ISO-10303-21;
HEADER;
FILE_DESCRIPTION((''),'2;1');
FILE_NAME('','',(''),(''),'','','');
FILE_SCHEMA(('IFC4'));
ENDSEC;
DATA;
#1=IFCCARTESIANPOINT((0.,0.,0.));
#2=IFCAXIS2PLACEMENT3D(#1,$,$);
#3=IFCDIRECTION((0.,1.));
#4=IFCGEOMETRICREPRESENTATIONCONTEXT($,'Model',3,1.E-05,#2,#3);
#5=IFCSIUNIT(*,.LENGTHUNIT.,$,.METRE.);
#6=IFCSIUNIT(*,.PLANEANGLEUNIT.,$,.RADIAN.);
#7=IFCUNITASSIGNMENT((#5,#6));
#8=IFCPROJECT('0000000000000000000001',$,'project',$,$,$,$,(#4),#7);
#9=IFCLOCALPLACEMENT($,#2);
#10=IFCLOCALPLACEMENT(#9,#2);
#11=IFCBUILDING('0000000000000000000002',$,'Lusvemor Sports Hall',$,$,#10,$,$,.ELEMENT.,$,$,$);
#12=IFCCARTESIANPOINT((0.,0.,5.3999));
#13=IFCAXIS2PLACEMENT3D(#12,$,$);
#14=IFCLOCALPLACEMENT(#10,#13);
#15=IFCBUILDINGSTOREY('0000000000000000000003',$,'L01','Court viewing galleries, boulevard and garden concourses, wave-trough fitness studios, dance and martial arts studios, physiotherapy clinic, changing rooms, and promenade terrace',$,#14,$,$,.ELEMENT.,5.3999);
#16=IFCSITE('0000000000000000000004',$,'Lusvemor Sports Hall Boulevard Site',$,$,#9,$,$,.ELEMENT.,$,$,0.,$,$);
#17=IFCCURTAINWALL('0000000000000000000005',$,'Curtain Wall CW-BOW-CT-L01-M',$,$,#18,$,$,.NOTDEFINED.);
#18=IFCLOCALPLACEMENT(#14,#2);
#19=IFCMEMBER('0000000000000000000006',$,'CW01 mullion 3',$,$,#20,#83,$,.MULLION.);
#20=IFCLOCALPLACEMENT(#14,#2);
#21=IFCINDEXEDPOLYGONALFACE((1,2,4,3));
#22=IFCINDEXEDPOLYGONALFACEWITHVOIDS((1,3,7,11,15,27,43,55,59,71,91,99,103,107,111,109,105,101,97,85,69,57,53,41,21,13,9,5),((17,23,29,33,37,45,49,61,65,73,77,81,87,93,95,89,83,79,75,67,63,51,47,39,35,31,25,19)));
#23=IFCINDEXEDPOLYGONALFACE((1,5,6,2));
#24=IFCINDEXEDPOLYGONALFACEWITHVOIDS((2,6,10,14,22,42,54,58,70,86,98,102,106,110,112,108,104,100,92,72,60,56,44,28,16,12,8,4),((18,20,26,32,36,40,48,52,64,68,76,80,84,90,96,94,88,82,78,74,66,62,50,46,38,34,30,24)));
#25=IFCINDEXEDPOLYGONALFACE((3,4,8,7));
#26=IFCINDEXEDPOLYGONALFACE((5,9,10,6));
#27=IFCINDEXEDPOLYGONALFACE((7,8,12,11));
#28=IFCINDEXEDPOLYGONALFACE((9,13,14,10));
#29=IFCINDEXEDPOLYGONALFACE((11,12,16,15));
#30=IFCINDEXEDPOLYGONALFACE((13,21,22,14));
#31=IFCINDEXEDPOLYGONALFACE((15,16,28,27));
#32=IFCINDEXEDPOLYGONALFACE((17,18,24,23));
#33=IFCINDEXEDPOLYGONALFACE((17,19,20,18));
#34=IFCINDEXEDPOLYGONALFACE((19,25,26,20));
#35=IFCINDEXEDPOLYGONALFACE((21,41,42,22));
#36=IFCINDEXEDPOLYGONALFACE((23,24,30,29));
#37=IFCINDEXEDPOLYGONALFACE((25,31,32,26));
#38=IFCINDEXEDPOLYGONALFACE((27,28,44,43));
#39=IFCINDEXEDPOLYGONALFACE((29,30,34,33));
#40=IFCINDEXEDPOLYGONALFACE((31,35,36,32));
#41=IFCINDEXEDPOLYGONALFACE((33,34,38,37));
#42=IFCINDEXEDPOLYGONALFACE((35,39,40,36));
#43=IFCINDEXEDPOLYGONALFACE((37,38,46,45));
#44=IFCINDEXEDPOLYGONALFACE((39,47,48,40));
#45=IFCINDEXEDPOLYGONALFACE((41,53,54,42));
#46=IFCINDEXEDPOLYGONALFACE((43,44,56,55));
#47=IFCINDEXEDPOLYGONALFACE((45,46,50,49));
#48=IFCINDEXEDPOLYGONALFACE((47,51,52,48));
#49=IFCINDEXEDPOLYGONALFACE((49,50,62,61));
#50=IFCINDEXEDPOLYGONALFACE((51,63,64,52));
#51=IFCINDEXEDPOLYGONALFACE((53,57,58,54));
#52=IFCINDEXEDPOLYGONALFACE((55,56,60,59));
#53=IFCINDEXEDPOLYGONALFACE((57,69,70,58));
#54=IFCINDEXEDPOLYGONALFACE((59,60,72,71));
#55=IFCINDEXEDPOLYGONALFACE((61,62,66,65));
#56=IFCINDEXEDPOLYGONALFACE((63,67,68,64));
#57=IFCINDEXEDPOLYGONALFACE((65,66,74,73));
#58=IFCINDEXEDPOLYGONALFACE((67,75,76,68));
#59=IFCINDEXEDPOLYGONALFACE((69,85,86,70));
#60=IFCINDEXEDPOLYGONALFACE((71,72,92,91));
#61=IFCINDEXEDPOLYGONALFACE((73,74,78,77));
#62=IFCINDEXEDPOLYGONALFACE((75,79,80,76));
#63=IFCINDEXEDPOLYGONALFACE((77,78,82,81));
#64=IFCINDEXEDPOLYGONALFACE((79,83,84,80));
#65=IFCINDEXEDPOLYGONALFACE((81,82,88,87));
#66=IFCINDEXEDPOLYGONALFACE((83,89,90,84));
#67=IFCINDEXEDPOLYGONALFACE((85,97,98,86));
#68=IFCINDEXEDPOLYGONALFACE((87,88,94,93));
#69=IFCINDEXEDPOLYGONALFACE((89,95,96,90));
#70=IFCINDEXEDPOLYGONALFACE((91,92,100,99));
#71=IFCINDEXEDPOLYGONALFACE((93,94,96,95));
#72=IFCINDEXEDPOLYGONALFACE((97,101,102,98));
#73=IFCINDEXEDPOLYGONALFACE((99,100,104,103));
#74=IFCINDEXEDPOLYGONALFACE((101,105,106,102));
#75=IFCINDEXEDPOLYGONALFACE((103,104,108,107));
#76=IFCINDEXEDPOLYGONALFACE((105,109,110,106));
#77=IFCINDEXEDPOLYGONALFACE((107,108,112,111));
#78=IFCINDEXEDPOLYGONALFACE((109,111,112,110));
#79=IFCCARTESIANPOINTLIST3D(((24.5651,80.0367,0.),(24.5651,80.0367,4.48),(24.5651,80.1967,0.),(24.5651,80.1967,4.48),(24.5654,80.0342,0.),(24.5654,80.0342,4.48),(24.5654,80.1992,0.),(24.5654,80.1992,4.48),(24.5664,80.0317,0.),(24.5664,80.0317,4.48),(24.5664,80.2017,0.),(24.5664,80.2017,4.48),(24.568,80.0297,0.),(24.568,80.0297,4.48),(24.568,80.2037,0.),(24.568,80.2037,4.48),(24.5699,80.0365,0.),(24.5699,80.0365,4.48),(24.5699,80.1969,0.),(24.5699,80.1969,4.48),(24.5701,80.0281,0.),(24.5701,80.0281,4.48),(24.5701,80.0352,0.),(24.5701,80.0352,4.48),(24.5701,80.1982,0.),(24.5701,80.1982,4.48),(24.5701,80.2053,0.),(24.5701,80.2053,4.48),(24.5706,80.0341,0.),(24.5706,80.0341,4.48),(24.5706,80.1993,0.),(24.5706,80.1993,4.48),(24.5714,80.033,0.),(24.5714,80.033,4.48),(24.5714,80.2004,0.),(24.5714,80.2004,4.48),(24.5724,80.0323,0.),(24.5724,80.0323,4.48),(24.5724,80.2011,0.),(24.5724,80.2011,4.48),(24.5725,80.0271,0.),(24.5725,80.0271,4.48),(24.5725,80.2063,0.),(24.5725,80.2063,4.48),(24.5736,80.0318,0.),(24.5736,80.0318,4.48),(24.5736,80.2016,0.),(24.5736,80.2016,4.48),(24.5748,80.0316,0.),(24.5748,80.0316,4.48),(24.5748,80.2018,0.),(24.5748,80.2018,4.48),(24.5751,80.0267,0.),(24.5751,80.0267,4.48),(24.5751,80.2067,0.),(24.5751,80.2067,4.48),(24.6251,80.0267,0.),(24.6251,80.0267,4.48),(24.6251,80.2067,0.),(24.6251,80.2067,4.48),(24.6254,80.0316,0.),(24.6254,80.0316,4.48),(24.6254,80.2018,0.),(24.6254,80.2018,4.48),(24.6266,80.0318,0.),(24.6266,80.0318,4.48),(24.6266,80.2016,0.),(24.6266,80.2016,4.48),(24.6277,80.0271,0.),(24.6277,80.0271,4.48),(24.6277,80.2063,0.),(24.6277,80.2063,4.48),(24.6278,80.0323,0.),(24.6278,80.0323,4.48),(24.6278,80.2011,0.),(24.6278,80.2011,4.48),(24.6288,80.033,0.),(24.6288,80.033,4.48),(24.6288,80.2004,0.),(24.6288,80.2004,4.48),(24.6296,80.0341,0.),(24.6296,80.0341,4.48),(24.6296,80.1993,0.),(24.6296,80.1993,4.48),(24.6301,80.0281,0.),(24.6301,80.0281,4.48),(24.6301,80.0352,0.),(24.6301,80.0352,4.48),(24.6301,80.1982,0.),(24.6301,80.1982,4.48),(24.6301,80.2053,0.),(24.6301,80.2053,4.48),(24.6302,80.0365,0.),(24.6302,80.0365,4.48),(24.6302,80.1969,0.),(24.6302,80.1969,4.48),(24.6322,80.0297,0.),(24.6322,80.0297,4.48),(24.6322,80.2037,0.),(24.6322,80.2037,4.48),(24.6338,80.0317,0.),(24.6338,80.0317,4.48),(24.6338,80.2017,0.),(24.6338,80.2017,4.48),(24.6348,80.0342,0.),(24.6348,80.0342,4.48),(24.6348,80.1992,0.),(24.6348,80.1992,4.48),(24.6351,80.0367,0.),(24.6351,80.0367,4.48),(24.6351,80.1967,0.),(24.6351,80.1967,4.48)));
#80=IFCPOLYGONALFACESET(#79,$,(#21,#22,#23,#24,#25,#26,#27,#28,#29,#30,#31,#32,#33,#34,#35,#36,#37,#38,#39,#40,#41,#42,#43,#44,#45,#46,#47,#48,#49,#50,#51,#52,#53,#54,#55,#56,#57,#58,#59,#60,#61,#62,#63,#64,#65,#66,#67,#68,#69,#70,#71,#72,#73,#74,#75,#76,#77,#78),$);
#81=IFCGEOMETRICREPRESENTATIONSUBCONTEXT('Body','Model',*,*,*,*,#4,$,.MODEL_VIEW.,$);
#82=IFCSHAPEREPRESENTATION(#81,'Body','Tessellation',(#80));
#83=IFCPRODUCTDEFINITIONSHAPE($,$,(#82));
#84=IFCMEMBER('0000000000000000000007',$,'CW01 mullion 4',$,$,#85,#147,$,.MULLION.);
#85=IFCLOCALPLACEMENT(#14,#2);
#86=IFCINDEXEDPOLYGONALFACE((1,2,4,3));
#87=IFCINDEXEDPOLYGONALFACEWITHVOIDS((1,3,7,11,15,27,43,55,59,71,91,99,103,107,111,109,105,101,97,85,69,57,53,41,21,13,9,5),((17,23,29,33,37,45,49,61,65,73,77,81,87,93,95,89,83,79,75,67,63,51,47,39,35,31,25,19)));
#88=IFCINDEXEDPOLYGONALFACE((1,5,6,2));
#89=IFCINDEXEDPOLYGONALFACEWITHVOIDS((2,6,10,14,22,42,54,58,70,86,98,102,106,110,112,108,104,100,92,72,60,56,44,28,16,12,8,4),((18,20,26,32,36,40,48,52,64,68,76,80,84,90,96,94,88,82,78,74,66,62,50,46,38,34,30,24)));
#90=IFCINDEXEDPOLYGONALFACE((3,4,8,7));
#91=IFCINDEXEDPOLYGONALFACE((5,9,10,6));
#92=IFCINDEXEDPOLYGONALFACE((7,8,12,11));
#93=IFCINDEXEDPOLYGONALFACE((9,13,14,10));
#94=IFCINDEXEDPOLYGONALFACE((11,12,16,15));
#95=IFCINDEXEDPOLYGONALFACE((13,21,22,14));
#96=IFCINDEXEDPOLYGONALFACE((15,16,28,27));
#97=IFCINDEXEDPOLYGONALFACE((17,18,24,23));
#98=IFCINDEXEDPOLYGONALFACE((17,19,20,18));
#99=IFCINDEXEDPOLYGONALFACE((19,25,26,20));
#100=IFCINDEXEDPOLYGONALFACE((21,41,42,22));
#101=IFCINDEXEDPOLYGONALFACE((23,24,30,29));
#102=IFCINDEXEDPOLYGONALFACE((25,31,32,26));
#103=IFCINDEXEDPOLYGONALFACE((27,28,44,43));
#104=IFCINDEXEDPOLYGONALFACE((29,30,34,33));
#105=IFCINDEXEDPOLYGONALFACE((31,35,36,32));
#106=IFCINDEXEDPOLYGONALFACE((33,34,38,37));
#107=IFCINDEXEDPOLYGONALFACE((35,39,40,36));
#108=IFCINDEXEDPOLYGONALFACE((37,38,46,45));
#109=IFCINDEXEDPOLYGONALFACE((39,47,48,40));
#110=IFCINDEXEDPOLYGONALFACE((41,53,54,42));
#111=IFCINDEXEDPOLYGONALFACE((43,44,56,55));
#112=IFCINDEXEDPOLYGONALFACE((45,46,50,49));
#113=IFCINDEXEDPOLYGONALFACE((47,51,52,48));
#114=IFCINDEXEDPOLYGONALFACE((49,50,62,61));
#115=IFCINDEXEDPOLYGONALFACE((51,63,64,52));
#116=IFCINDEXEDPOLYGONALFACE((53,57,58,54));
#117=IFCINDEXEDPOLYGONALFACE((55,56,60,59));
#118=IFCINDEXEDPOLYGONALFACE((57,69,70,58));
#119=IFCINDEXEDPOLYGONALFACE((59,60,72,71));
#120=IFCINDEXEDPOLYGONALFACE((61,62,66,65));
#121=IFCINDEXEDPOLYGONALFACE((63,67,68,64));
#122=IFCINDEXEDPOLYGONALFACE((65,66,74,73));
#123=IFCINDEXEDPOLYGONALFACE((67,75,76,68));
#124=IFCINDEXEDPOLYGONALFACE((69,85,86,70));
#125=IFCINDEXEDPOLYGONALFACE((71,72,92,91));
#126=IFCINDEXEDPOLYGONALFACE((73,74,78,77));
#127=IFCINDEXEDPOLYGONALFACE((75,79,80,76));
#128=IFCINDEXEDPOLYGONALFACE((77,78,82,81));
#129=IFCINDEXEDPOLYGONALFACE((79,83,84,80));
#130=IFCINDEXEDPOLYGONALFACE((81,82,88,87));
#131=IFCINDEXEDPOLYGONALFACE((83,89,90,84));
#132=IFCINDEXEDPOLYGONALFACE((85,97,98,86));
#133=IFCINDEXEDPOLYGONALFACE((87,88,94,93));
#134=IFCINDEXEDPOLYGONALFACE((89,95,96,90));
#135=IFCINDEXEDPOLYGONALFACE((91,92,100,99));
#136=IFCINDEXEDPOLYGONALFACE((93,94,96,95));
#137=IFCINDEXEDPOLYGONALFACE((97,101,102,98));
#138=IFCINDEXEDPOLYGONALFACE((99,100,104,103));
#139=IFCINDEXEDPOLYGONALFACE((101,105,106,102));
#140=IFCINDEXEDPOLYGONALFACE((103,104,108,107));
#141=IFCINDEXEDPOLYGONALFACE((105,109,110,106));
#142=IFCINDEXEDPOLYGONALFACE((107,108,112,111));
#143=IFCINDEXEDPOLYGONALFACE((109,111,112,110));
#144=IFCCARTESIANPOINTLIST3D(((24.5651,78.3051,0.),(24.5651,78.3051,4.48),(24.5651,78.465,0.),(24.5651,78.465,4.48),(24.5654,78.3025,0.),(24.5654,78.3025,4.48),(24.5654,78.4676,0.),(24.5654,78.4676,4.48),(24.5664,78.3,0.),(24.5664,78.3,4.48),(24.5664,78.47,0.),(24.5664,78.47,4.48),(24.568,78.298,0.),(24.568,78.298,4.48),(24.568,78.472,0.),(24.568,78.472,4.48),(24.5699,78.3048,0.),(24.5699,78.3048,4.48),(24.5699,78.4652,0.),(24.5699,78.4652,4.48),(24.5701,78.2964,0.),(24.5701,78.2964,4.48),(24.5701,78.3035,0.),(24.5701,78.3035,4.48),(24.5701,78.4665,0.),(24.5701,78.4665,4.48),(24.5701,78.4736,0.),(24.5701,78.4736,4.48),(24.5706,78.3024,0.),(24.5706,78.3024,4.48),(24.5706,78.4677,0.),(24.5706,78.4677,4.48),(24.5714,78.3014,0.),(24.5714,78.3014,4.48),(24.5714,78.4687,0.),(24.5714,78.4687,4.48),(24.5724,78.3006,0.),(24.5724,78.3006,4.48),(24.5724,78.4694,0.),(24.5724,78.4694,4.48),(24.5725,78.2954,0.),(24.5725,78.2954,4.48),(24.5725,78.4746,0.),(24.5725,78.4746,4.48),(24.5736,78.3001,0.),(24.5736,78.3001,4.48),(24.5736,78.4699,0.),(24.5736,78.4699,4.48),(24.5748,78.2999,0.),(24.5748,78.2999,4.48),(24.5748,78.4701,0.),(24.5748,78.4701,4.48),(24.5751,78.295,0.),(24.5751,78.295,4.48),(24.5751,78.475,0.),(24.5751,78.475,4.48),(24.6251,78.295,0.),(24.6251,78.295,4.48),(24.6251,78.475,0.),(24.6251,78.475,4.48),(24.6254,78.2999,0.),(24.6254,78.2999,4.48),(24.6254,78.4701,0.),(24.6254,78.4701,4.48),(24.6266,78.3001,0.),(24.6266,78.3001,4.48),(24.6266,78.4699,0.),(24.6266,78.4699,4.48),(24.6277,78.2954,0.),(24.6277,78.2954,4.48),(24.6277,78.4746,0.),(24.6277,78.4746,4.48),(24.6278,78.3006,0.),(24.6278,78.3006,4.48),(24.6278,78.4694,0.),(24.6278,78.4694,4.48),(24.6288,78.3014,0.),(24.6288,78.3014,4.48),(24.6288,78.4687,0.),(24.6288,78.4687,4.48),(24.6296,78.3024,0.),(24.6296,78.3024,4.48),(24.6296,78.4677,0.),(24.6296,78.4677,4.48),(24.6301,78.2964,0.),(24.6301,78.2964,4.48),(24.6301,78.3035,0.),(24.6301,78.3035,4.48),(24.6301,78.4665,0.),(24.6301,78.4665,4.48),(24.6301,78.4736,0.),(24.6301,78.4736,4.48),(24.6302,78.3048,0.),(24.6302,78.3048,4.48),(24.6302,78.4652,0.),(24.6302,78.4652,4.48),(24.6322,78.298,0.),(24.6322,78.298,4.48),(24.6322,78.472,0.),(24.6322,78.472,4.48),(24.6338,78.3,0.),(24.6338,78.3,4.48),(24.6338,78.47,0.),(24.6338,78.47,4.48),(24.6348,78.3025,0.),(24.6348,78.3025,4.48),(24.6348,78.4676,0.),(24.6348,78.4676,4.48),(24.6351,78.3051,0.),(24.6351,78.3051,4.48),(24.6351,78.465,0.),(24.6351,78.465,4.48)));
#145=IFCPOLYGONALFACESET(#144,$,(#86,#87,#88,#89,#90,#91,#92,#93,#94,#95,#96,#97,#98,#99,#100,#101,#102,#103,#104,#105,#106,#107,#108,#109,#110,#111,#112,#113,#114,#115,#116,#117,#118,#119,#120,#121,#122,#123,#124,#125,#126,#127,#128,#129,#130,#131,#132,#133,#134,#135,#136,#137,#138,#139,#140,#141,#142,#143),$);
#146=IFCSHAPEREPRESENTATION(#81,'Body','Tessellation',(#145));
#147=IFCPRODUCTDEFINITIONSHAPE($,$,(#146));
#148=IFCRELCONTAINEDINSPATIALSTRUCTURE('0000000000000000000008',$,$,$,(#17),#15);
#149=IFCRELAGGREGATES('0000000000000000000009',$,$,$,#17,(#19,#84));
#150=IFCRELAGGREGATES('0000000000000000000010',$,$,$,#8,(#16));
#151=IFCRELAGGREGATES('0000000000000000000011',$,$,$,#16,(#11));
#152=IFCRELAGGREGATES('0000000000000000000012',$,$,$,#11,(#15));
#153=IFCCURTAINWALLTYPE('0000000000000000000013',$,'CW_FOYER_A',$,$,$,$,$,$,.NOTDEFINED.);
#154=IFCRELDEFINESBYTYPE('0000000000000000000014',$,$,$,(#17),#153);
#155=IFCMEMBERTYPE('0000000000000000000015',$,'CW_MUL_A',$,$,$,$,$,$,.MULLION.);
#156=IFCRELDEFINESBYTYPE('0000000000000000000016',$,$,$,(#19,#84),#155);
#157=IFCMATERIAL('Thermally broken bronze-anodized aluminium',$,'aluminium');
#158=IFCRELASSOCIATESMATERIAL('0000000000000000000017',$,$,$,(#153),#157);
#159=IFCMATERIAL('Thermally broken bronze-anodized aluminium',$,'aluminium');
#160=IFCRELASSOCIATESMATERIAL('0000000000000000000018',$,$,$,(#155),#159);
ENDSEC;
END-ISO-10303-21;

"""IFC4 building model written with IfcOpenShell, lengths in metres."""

from ifc_helpers import new_model, si_unit, direction, frame, origin, origin_2d, place, context, subcontext, project, spatial, hollow_rectangle, extrude, material, material_profile, profile_set, type_object, element, aggregate, save


model = new_model("IFC4")

# Units and contexts
model_context = context("Model", 3, precision=1e-05, world=origin(), true_north=direction((0.0, 1.0)))
body_context = subcontext(model_context, "Body", "Model", "MODEL_VIEW")
ifc_project = project(units=[si_unit("LENGTHUNIT", "METRE"), si_unit("PLANEANGLEUNIT", "RADIAN")], contexts=[model_context])

# Site, building, storey
site_placement = place(None, origin())
site = spatial("IfcSite", under=ifc_project, at=site_placement, Name="Lusvemor Sports Hall Boulevard Site", CompositionType="ELEMENT", RefElevation=0.0)
building_placement = place(site_placement, origin())
building = spatial("IfcBuilding", under=site, at=building_placement, Name="Lusvemor Sports Hall", CompositionType="ELEMENT")
storey_placement = place(building_placement, frame((0.0, 0.0, 5.3999)))
storey = spatial("IfcBuildingStorey", under=building, at=storey_placement, Name="L01", Description="Court viewing galleries, boulevard and garden concourses, wave-trough fitness studios, dance and martial arts studios, physiotherapy clinic, changing rooms, and promenade terrace", CompositionType="ELEMENT", Elevation=5.3999)

# Curtain wall, members
ifc_material_1 = material(Name="Thermally broken bronze-anodized aluminium", Category="aluminium")
curtain_wall_type = type_object("IfcCurtainWallType", Name="CW_FOYER_A", PredefinedType="NOTDEFINED", material=ifc_material_1)
curtain_wall_placement = place(storey_placement, origin())
curtain_wall = element("IfcCurtainWall", 1, at=curtain_wall_placement, inside=storey, type_object=curtain_wall_type, Name="Curtain Wall CW-BOW-CT-L01-M", PredefinedType="NOTDEFINED")
ifc_material_2 = material(Name="Thermally broken bronze-anodized aluminium", Category="aluminium")
ifc_material_profile_1 = material_profile(ifc_material_2, hollow_rectangle(XDim=0.0701, YDim=0.1799, WallThickness=0.0049, InnerFilletRadius=0.0049, OuterFilletRadius=0.01, at=origin_2d()), Name="CWMUL180x70x5")
ifc_profile_set_1 = profile_set([ifc_material_profile_1], Name="Thermally broken bronze-anodized aluminium")
member_type_1 = type_object("IfcMemberType", Name="CW_MUL_A", PredefinedType="MULLION", material=ifc_profile_set_1)
member_1_placement = place(storey_placement, frame((24.6001, 80.1167, 0.0), z_axis=(0.0, 0.0, 1.0), x_axis=(1.0, 0.0, 0.0)))
member_1 = element("IfcMember", 2, at=member_1_placement, type_object=member_type_1, Name="CW01 mullion 3", PredefinedType="MULLION", context=body_context, shape_type="SweptSolid", body=[
    extrude(hollow_rectangle(XDim=0.0701, YDim=0.1799, WallThickness=0.0049, InnerFilletRadius=0.0049, OuterFilletRadius=0.01, at=origin_2d()), origin(), (0.0, 0.0, 1.0), 4.48),
])
member_2_placement = place(storey_placement, frame((24.6001, 78.385, 0.0), z_axis=(0.0, 0.0, 1.0), x_axis=(1.0, 0.0, 0.0)))
member_2 = element("IfcMember", 3, at=member_2_placement, type_object=member_type_1, Name="CW01 mullion 4", PredefinedType="MULLION", context=body_context, shape_type="SweptSolid", body=[
    extrude(hollow_rectangle(XDim=0.0701, YDim=0.1799, WallThickness=0.0049, InnerFilletRadius=0.0049, OuterFilletRadius=0.01, at=origin_2d()), origin(), (0.0, 0.0, 1.0), 4.48),
])

aggregate(curtain_wall, [member_1, member_2])

save(model, "model.ifc")
